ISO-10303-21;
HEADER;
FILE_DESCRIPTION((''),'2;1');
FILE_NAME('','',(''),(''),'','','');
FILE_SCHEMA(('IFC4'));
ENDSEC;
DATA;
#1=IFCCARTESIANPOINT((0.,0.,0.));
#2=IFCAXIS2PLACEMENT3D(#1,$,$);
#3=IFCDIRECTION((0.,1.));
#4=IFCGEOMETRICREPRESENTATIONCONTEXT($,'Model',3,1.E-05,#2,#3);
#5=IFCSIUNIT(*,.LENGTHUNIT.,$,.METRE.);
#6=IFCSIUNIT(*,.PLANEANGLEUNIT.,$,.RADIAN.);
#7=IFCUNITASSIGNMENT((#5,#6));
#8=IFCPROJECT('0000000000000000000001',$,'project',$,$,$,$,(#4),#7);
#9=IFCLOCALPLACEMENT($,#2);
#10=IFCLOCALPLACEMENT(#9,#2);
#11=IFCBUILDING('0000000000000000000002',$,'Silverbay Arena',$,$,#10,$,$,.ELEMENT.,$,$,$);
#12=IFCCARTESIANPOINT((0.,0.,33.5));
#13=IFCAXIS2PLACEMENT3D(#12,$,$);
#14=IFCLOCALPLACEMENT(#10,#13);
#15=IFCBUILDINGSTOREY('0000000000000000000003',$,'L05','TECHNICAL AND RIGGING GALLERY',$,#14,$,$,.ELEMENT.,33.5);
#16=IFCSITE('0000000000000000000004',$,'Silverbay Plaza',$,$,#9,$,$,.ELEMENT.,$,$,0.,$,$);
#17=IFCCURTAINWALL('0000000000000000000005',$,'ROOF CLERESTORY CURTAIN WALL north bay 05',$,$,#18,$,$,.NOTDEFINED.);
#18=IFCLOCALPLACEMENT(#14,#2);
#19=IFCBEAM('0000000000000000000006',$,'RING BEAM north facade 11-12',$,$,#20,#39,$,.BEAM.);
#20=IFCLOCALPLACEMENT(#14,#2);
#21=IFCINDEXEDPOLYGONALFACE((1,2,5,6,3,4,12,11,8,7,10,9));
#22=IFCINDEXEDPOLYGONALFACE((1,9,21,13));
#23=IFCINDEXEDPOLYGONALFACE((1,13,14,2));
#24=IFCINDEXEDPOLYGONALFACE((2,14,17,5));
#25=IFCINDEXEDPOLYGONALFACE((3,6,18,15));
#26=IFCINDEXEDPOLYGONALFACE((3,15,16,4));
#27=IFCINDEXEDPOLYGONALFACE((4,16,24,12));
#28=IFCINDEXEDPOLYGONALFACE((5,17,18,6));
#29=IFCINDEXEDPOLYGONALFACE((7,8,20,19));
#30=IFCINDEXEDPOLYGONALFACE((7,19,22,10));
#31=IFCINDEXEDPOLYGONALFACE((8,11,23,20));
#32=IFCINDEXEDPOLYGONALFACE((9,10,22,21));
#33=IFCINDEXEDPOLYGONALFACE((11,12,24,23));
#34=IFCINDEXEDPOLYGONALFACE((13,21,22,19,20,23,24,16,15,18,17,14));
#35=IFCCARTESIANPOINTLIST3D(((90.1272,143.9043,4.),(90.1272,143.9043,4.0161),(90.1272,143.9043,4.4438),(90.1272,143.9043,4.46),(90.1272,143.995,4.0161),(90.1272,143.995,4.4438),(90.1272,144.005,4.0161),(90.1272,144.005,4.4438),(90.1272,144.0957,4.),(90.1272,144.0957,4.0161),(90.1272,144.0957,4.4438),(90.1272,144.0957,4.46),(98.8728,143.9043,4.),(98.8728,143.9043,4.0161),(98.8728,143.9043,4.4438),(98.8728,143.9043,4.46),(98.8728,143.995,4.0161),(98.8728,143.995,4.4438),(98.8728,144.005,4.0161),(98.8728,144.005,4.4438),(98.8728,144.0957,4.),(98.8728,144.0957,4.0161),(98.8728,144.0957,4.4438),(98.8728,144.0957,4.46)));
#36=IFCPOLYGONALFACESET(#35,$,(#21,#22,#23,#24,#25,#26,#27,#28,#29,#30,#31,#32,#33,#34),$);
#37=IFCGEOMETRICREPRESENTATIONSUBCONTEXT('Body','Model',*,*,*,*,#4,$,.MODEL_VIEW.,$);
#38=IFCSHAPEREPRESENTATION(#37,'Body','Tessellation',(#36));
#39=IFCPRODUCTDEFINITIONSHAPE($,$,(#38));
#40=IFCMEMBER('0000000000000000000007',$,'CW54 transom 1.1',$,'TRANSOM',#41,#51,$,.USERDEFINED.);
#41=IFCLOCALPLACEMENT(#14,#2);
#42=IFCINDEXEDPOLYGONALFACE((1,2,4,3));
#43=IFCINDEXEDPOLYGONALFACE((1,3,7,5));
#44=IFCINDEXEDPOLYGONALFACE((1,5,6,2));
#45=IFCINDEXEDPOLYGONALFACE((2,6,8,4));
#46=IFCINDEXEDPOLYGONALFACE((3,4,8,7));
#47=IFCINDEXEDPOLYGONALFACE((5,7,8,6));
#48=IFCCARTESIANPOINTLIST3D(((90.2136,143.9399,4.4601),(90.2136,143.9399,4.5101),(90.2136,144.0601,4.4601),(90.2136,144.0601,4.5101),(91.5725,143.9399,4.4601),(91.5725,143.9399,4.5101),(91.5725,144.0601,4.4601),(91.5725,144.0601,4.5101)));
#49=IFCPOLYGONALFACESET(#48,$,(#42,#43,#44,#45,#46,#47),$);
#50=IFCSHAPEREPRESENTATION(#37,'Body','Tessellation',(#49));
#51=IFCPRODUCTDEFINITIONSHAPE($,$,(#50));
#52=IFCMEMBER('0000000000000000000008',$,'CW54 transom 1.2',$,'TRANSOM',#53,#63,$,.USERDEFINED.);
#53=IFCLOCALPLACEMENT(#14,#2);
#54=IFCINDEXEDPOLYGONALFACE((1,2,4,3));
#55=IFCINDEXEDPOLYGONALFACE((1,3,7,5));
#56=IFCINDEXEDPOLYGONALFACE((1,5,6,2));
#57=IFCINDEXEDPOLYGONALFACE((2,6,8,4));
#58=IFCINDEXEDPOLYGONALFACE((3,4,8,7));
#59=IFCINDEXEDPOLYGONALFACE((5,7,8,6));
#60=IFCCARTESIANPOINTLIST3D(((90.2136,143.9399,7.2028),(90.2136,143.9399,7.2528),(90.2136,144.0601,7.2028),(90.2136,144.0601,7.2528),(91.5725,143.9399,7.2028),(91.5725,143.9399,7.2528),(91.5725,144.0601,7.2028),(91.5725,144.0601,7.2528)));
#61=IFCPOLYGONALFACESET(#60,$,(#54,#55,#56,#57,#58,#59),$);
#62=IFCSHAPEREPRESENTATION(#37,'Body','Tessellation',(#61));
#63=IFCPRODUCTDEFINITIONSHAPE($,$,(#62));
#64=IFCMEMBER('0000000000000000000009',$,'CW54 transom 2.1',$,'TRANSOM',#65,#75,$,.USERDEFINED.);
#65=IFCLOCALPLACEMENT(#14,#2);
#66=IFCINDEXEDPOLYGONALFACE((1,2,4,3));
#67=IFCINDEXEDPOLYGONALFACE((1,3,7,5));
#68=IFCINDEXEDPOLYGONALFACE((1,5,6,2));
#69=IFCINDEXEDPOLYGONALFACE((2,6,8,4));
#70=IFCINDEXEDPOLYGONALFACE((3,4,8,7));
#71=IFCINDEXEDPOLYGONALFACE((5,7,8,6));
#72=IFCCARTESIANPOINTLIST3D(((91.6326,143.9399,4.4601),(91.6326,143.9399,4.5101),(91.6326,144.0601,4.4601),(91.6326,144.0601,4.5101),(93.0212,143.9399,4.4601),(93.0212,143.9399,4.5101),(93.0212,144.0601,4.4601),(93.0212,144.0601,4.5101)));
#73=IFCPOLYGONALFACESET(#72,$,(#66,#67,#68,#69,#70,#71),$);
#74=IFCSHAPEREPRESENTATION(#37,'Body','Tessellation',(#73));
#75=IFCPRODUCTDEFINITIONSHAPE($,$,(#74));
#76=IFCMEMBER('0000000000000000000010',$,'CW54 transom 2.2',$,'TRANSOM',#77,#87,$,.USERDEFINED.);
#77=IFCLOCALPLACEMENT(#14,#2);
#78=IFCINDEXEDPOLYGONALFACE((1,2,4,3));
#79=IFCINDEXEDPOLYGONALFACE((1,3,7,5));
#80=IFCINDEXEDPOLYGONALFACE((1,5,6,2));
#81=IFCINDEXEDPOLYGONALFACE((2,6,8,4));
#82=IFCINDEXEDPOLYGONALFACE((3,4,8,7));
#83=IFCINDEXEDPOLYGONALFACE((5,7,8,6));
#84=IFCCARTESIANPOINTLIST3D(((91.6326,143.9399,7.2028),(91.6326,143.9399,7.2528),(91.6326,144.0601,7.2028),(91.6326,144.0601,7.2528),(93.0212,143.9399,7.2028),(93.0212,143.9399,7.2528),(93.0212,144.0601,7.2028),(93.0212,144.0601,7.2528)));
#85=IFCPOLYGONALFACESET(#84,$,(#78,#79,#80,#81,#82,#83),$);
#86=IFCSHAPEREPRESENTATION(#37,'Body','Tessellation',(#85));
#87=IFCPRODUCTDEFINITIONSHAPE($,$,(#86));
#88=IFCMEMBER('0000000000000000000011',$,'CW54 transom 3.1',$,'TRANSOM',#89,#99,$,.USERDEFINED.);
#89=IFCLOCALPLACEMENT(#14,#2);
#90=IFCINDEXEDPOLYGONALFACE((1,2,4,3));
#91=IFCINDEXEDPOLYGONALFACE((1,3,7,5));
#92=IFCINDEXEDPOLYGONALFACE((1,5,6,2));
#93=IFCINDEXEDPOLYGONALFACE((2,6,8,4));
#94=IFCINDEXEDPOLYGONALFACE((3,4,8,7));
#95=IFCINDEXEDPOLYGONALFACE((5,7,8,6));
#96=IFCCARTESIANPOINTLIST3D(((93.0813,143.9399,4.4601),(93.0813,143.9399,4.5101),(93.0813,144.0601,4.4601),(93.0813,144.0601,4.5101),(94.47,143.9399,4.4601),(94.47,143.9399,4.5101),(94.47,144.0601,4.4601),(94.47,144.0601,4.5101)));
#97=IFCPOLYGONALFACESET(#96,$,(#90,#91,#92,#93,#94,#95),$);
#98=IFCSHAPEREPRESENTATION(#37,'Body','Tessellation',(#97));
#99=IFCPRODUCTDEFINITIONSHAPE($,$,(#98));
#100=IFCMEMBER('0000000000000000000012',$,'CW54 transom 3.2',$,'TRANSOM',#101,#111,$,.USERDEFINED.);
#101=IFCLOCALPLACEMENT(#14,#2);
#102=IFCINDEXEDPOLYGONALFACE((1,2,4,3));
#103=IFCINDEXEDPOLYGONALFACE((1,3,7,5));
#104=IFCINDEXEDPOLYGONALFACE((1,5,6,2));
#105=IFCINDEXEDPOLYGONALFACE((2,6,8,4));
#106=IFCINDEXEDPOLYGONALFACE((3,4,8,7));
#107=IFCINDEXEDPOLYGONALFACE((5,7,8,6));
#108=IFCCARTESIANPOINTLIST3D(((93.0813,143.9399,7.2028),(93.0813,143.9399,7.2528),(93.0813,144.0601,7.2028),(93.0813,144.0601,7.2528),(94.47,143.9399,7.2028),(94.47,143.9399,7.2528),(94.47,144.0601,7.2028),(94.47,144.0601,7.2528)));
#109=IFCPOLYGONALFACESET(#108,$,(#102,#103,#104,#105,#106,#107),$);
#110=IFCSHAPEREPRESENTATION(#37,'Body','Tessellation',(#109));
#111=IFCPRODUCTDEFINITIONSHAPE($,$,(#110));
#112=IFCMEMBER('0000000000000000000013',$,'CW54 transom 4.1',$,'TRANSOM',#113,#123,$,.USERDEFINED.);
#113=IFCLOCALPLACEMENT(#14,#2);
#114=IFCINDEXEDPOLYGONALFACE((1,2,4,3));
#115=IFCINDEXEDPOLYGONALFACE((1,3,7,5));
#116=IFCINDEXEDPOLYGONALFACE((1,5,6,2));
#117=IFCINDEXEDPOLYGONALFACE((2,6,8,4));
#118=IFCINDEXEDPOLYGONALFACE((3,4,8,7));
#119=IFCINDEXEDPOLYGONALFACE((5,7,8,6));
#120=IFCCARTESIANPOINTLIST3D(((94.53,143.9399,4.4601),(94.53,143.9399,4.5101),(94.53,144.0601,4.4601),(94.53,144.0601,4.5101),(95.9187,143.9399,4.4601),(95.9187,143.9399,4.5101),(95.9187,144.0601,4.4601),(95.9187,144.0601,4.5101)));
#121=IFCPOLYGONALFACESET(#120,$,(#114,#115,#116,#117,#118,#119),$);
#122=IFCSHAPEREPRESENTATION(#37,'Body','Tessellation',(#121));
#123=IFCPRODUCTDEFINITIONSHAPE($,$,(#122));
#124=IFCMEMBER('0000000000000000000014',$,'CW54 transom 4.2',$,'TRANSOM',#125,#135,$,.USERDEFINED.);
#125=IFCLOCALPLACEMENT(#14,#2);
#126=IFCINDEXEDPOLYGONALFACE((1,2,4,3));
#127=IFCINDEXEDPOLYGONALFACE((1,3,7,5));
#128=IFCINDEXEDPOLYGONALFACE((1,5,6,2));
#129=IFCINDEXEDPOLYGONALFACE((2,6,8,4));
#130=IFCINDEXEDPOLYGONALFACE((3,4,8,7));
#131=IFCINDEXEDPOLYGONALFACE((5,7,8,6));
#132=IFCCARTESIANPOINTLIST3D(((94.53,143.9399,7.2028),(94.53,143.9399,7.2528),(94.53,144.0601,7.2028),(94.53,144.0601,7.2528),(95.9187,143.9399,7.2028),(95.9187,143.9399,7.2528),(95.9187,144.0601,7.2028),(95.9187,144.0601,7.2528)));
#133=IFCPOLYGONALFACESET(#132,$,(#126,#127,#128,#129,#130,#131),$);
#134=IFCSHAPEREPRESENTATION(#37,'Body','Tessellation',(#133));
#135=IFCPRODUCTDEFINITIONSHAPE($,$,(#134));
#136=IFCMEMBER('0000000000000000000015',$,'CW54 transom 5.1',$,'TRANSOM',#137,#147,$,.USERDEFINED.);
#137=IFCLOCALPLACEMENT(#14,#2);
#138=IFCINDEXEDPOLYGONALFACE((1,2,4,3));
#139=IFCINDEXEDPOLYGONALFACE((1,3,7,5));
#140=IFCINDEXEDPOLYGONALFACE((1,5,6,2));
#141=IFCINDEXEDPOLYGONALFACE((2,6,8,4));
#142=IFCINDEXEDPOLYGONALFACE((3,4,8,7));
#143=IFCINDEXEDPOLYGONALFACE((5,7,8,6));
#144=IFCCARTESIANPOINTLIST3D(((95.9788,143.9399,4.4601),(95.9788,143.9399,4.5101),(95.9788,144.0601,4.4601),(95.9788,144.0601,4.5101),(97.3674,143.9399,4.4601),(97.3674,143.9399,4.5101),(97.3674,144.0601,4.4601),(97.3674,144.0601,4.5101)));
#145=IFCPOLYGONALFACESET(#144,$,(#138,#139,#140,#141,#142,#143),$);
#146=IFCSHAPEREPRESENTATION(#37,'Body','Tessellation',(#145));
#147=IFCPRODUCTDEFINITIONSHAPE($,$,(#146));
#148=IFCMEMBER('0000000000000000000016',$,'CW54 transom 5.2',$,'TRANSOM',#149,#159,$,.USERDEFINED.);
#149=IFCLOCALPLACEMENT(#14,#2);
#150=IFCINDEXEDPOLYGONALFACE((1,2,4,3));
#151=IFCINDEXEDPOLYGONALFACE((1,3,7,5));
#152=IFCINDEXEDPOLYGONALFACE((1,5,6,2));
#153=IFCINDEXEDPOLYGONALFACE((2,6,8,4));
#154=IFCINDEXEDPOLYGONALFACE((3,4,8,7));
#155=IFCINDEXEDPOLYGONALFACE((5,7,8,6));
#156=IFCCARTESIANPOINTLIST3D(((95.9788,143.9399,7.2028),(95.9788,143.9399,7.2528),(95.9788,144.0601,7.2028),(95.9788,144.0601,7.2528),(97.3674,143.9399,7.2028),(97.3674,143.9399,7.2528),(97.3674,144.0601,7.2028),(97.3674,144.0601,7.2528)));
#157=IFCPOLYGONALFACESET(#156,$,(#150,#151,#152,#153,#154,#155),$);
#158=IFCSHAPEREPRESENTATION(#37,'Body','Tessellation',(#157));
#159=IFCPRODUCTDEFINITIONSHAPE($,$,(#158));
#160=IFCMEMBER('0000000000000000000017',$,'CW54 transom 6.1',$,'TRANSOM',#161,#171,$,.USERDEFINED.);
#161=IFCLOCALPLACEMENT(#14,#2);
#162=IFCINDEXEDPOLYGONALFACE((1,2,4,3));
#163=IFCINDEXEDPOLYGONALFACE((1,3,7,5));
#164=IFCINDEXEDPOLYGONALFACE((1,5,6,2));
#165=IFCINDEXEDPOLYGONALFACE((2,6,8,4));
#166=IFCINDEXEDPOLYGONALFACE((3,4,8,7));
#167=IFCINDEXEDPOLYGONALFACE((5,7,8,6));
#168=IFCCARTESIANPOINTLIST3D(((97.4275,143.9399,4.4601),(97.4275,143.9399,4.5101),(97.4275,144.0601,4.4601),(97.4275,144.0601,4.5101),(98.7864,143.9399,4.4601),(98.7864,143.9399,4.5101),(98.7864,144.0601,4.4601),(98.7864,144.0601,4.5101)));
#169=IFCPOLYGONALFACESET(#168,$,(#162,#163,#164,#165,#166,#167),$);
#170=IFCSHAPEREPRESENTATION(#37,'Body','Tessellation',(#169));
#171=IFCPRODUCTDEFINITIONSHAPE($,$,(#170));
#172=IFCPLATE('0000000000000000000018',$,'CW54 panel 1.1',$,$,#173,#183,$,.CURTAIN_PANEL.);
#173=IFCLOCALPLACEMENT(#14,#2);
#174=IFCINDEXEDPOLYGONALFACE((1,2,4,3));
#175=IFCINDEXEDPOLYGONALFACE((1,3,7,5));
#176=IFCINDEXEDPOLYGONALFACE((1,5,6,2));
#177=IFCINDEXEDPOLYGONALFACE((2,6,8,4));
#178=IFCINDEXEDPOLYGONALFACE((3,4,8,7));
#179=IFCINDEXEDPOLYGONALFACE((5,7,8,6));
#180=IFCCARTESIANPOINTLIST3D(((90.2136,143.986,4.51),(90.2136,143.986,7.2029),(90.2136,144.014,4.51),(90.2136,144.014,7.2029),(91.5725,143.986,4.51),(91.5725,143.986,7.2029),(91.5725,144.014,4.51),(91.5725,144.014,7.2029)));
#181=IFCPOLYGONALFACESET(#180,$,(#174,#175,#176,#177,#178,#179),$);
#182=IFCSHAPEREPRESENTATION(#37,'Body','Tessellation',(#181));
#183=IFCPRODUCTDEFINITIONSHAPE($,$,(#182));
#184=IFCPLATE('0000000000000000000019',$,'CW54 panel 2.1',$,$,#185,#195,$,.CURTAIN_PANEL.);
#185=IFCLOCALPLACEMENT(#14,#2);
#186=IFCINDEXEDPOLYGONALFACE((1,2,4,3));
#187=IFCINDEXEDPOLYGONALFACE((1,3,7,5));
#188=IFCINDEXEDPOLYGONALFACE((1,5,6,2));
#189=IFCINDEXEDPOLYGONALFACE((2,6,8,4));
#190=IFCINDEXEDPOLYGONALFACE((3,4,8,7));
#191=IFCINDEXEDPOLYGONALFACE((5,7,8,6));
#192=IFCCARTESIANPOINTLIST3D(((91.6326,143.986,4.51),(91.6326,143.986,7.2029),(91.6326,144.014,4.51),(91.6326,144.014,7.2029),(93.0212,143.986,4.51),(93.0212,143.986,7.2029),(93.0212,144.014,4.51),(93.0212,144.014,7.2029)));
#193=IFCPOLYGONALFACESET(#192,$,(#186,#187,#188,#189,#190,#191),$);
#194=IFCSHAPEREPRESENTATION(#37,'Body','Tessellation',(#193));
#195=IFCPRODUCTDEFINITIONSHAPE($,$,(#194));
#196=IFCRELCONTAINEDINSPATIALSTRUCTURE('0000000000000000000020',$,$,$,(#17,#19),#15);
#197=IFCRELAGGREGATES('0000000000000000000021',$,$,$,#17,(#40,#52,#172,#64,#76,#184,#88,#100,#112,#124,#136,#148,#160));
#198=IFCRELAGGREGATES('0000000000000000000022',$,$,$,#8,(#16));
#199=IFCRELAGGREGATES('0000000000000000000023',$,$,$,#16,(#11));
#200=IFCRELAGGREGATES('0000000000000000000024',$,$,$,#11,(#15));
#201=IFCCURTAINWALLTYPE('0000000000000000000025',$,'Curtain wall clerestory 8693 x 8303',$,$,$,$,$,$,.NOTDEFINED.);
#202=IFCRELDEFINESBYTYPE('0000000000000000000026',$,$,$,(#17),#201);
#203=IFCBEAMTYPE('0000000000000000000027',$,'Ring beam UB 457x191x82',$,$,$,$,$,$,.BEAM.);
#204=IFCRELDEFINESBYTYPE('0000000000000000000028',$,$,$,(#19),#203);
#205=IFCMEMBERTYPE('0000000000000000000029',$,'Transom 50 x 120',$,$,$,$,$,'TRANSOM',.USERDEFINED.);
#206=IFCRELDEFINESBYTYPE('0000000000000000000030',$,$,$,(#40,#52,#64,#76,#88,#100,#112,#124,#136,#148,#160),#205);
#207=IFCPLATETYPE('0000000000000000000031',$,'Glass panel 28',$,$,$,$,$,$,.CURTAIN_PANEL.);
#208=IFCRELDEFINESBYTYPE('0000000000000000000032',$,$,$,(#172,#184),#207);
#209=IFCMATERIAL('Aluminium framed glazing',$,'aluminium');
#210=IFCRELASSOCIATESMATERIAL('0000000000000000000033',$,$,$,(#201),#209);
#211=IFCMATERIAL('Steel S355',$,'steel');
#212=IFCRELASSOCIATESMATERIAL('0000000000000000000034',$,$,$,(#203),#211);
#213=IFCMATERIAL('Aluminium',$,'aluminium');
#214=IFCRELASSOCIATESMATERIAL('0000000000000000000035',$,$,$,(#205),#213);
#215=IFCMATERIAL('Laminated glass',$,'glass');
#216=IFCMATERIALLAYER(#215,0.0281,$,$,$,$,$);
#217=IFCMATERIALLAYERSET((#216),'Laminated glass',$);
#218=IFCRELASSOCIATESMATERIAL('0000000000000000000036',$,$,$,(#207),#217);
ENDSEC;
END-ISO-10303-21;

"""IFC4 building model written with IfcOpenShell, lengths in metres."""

from ifc_helpers import new_model, si_unit, direction, frame, origin, origin_2d, place, context, subcontext, project, spatial, rectangle, i_section, extrude, material, layer, layer_set, material_profile, profile_set, type_object, element, aggregate, save


model = new_model("IFC4")

# Units and contexts
model_context = context("Model", 3, precision=1e-05, world=origin(), true_north=direction((0.0, 1.0)))
body_context = subcontext(model_context, "Body", "Model", "MODEL_VIEW")
ifc_project = project(units=[si_unit("LENGTHUNIT", "METRE"), si_unit("PLANEANGLEUNIT", "RADIAN")], contexts=[model_context])

# Site, building, storey
site_placement = place(None, origin())
site = spatial("IfcSite", under=ifc_project, at=site_placement, Name="Silverbay Plaza", CompositionType="ELEMENT", RefElevation=0.0)
building_placement = place(site_placement, origin())
building = spatial("IfcBuilding", under=site, at=building_placement, Name="Silverbay Arena", CompositionType="ELEMENT")
storey_placement = place(building_placement, frame((0.0, 0.0, 33.5)))
storey = spatial("IfcBuildingStorey", under=building, at=storey_placement, Name="L05", Description="TECHNICAL AND RIGGING GALLERY", CompositionType="ELEMENT", Elevation=33.5)

# Curtain wall
ifc_material_1 = material(Name="Aluminium framed glazing", Category="aluminium")
curtain_wall_type = type_object("IfcCurtainWallType", Name="Curtain wall clerestory 8693 x 8303", PredefinedType="NOTDEFINED", material=ifc_material_1)
curtain_wall_placement = place(storey_placement, origin())
curtain_wall = element("IfcCurtainWall", 1, at=curtain_wall_placement, inside=storey, type_object=curtain_wall_type, Name="ROOF CLERESTORY CURTAIN WALL north bay 05", PredefinedType="NOTDEFINED")

# Beam
ifc_material_2 = material(Name="Steel S355", Category="steel")
ifc_material_profile_1 = material_profile(ifc_material_2, i_section(OverallWidth=0.1914, OverallDepth=0.46, WebThickness=0.01, FlangeThickness=0.0161, at=origin_2d()), Name="UB 457x191x82")
ifc_profile_set_1 = profile_set([ifc_material_profile_1], Name="Steel S355")
beam_type_1 = type_object("IfcBeamType", Name="Ring beam UB 457x191x82", PredefinedType="BEAM", material=ifc_profile_set_1)
beam_1_placement = place(storey_placement, frame((90.1272, 144.0, 4.23), z_axis=(1.0, 0.0, 0.0), x_axis=(0.0, 1.0, 0.0)))
element("IfcBeam", 2, at=beam_1_placement, inside=storey, type_object=beam_type_1, Name="RING BEAM north facade 11-12", PredefinedType="BEAM", context=body_context, shape_type="SweptSolid", body=[
    extrude(i_section(OverallWidth=0.1914, OverallDepth=0.46, WebThickness=0.01, FlangeThickness=0.0161, at=origin_2d()), origin(), (0.0, 0.0, 1.0), 8.7456),
])

# Members
ifc_material_3 = material(Name="Aluminium", Category="aluminium")
ifc_material_profile_2 = material_profile(ifc_material_3, rectangle(XDim=0.1201, YDim=0.05, at=origin_2d()), Name="Transom 50 x 120")
ifc_profile_set_2 = profile_set([ifc_material_profile_2], Name="Aluminium")
member_type_1 = type_object("IfcMemberType", Name="Transom 50 x 120", ElementType="TRANSOM", PredefinedType="USERDEFINED", material=ifc_profile_set_2)
member_1_placement = place(storey_placement, frame((90.2136, 144.0, 4.4851), z_axis=(1.0, 0.0, 0.0), x_axis=(0.0, 1.0, 0.0)))
member_1 = element("IfcMember", 3, at=member_1_placement, type_object=member_type_1, Name="CW54 transom 1.1", ObjectType="TRANSOM", PredefinedType="USERDEFINED", context=body_context, shape_type="SweptSolid", body=[
    extrude(rectangle(XDim=0.1201, YDim=0.05, at=origin_2d()), origin(), (0.0, 0.0, 1.0), 1.3589),
])
member_2_placement = place(storey_placement, frame((90.2136, 144.0, 7.2278), z_axis=(1.0, 0.0, 0.0), x_axis=(0.0, 1.0, 0.0)))
member_2 = element("IfcMember", 4, at=member_2_placement, type_object=member_type_1, Name="CW54 transom 1.2", ObjectType="TRANSOM", PredefinedType="USERDEFINED", context=body_context, shape_type="SweptSolid", body=[
    extrude(rectangle(XDim=0.1201, YDim=0.05, at=origin_2d()), origin(), (0.0, 0.0, 1.0), 1.3589),
])
member_3_placement = place(storey_placement, frame((91.6326, 144.0, 4.4851), z_axis=(1.0, 0.0, 0.0), x_axis=(0.0, 1.0, 0.0)))
member_3 = element("IfcMember", 5, at=member_3_placement, type_object=member_type_1, Name="CW54 transom 2.1", ObjectType="TRANSOM", PredefinedType="USERDEFINED", context=body_context, shape_type="SweptSolid", body=[
    extrude(rectangle(XDim=0.1201, YDim=0.05, at=origin_2d()), origin(), (0.0, 0.0, 1.0), 1.3887),
])
member_4_placement = place(storey_placement, frame((91.6326, 144.0, 7.2278), z_axis=(1.0, 0.0, 0.0), x_axis=(0.0, 1.0, 0.0)))
member_4 = element("IfcMember", 6, at=member_4_placement, type_object=member_type_1, Name="CW54 transom 2.2", ObjectType="TRANSOM", PredefinedType="USERDEFINED", context=body_context, shape_type="SweptSolid", body=[
    extrude(rectangle(XDim=0.1201, YDim=0.05, at=origin_2d()), origin(), (0.0, 0.0, 1.0), 1.3887),
])
member_5_placement = place(storey_placement, frame((93.0813, 144.0, 4.4851), z_axis=(1.0, 0.0, 0.0), x_axis=(0.0, 1.0, 0.0)))
member_5 = element("IfcMember", 7, at=member_5_placement, type_object=member_type_1, Name="CW54 transom 3.1", ObjectType="TRANSOM", PredefinedType="USERDEFINED", context=body_context, shape_type="SweptSolid", body=[
    extrude(rectangle(XDim=0.1201, YDim=0.05, at=origin_2d()), origin(), (0.0, 0.0, 1.0), 1.3887),
])
member_6_placement = place(storey_placement, frame((93.0813, 144.0, 7.2278), z_axis=(1.0, 0.0, 0.0), x_axis=(0.0, 1.0, 0.0)))
member_6 = element("IfcMember", 8, at=member_6_placement, type_object=member_type_1, Name="CW54 transom 3.2", ObjectType="TRANSOM", PredefinedType="USERDEFINED", context=body_context, shape_type="SweptSolid", body=[
    extrude(rectangle(XDim=0.1201, YDim=0.05, at=origin_2d()), origin(), (0.0, 0.0, 1.0), 1.3887),
])
member_7_placement = place(storey_placement, frame((94.53, 144.0, 4.4851), z_axis=(1.0, 0.0, 0.0), x_axis=(0.0, 1.0, 0.0)))
member_7 = element("IfcMember", 9, at=member_7_placement, type_object=member_type_1, Name="CW54 transom 4.1", ObjectType="TRANSOM", PredefinedType="USERDEFINED", context=body_context, shape_type="SweptSolid", body=[
    extrude(rectangle(XDim=0.1201, YDim=0.05, at=origin_2d()), origin(), (0.0, 0.0, 1.0), 1.3887),
])
member_8_placement = place(storey_placement, frame((94.53, 144.0, 7.2278), z_axis=(1.0, 0.0, 0.0), x_axis=(0.0, 1.0, 0.0)))
member_8 = element("IfcMember", 10, at=member_8_placement, type_object=member_type_1, Name="CW54 transom 4.2", ObjectType="TRANSOM", PredefinedType="USERDEFINED", context=body_context, shape_type="SweptSolid", body=[
    extrude(rectangle(XDim=0.1201, YDim=0.05, at=origin_2d()), origin(), (0.0, 0.0, 1.0), 1.3887),
])
member_9_placement = place(storey_placement, frame((95.9788, 144.0, 4.4851), z_axis=(1.0, 0.0, 0.0), x_axis=(0.0, 1.0, 0.0)))
member_9 = element("IfcMember", 11, at=member_9_placement, type_object=member_type_1, Name="CW54 transom 5.1", ObjectType="TRANSOM", PredefinedType="USERDEFINED", context=body_context, shape_type="SweptSolid", body=[
    extrude(rectangle(XDim=0.1201, YDim=0.05, at=origin_2d()), origin(), (0.0, 0.0, 1.0), 1.3887),
])
member_10_placement = place(storey_placement, frame((95.9788, 144.0, 7.2278), z_axis=(1.0, 0.0, 0.0), x_axis=(0.0, 1.0, 0.0)))
member_10 = element("IfcMember", 12, at=member_10_placement, type_object=member_type_1, Name="CW54 transom 5.2", ObjectType="TRANSOM", PredefinedType="USERDEFINED", context=body_context, shape_type="SweptSolid", body=[
    extrude(rectangle(XDim=0.1201, YDim=0.05, at=origin_2d()), origin(), (0.0, 0.0, 1.0), 1.3887),
])
member_11_placement = place(storey_placement, frame((97.4275, 144.0, 4.4851), z_axis=(1.0, 0.0, 0.0), x_axis=(0.0, 1.0, 0.0)))
member_11 = element("IfcMember", 13, at=member_11_placement, type_object=member_type_1, Name="CW54 transom 6.1", ObjectType="TRANSOM", PredefinedType="USERDEFINED", context=body_context, shape_type="SweptSolid", body=[
    extrude(rectangle(XDim=0.1201, YDim=0.05, at=origin_2d()), origin(), (0.0, 0.0, 1.0), 1.3589),
])

# Plates
ifc_material_4 = material(Name="Laminated glass", Category="glass")
ifc_layer = layer(ifc_material_4, 0.0281)
ifc_layer_set = layer_set([ifc_layer], Name="Laminated glass")
plate_type = type_object("IfcPlateType", Name="Glass panel 28", PredefinedType="CURTAIN_PANEL", material=ifc_layer_set)
plate_1_placement = place(storey_placement, frame((90.8931, 144.0, 4.51), z_axis=(0.0, 0.0, 1.0), x_axis=(1.0, 0.0, 0.0)))
plate_1 = element("IfcPlate", 14, at=plate_1_placement, type_object=plate_type, Name="CW54 panel 1.1", PredefinedType="CURTAIN_PANEL", context=body_context, shape_type="SweptSolid", body=[
    extrude(rectangle(XDim=1.3589, YDim=0.0281, at=origin_2d()), origin(), (0.0, 0.0, 1.0), 2.6929),
])
plate_2_placement = place(storey_placement, frame((92.3269, 144.0, 4.51), z_axis=(0.0, 0.0, 1.0), x_axis=(1.0, 0.0, 0.0)))
plate_2 = element("IfcPlate", 15, at=plate_2_placement, type_object=plate_type, Name="CW54 panel 2.1", PredefinedType="CURTAIN_PANEL", context=body_context, shape_type="SweptSolid", body=[
    extrude(rectangle(XDim=1.3887, YDim=0.0281, at=origin_2d()), origin(), (0.0, 0.0, 1.0), 2.6929),
])
aggregate(curtain_wall, [member_1, member_2, plate_1, member_3, member_4, plate_2, member_5, member_6, member_7, member_8, member_9, member_10, member_11])

save(model, "model.ifc")
